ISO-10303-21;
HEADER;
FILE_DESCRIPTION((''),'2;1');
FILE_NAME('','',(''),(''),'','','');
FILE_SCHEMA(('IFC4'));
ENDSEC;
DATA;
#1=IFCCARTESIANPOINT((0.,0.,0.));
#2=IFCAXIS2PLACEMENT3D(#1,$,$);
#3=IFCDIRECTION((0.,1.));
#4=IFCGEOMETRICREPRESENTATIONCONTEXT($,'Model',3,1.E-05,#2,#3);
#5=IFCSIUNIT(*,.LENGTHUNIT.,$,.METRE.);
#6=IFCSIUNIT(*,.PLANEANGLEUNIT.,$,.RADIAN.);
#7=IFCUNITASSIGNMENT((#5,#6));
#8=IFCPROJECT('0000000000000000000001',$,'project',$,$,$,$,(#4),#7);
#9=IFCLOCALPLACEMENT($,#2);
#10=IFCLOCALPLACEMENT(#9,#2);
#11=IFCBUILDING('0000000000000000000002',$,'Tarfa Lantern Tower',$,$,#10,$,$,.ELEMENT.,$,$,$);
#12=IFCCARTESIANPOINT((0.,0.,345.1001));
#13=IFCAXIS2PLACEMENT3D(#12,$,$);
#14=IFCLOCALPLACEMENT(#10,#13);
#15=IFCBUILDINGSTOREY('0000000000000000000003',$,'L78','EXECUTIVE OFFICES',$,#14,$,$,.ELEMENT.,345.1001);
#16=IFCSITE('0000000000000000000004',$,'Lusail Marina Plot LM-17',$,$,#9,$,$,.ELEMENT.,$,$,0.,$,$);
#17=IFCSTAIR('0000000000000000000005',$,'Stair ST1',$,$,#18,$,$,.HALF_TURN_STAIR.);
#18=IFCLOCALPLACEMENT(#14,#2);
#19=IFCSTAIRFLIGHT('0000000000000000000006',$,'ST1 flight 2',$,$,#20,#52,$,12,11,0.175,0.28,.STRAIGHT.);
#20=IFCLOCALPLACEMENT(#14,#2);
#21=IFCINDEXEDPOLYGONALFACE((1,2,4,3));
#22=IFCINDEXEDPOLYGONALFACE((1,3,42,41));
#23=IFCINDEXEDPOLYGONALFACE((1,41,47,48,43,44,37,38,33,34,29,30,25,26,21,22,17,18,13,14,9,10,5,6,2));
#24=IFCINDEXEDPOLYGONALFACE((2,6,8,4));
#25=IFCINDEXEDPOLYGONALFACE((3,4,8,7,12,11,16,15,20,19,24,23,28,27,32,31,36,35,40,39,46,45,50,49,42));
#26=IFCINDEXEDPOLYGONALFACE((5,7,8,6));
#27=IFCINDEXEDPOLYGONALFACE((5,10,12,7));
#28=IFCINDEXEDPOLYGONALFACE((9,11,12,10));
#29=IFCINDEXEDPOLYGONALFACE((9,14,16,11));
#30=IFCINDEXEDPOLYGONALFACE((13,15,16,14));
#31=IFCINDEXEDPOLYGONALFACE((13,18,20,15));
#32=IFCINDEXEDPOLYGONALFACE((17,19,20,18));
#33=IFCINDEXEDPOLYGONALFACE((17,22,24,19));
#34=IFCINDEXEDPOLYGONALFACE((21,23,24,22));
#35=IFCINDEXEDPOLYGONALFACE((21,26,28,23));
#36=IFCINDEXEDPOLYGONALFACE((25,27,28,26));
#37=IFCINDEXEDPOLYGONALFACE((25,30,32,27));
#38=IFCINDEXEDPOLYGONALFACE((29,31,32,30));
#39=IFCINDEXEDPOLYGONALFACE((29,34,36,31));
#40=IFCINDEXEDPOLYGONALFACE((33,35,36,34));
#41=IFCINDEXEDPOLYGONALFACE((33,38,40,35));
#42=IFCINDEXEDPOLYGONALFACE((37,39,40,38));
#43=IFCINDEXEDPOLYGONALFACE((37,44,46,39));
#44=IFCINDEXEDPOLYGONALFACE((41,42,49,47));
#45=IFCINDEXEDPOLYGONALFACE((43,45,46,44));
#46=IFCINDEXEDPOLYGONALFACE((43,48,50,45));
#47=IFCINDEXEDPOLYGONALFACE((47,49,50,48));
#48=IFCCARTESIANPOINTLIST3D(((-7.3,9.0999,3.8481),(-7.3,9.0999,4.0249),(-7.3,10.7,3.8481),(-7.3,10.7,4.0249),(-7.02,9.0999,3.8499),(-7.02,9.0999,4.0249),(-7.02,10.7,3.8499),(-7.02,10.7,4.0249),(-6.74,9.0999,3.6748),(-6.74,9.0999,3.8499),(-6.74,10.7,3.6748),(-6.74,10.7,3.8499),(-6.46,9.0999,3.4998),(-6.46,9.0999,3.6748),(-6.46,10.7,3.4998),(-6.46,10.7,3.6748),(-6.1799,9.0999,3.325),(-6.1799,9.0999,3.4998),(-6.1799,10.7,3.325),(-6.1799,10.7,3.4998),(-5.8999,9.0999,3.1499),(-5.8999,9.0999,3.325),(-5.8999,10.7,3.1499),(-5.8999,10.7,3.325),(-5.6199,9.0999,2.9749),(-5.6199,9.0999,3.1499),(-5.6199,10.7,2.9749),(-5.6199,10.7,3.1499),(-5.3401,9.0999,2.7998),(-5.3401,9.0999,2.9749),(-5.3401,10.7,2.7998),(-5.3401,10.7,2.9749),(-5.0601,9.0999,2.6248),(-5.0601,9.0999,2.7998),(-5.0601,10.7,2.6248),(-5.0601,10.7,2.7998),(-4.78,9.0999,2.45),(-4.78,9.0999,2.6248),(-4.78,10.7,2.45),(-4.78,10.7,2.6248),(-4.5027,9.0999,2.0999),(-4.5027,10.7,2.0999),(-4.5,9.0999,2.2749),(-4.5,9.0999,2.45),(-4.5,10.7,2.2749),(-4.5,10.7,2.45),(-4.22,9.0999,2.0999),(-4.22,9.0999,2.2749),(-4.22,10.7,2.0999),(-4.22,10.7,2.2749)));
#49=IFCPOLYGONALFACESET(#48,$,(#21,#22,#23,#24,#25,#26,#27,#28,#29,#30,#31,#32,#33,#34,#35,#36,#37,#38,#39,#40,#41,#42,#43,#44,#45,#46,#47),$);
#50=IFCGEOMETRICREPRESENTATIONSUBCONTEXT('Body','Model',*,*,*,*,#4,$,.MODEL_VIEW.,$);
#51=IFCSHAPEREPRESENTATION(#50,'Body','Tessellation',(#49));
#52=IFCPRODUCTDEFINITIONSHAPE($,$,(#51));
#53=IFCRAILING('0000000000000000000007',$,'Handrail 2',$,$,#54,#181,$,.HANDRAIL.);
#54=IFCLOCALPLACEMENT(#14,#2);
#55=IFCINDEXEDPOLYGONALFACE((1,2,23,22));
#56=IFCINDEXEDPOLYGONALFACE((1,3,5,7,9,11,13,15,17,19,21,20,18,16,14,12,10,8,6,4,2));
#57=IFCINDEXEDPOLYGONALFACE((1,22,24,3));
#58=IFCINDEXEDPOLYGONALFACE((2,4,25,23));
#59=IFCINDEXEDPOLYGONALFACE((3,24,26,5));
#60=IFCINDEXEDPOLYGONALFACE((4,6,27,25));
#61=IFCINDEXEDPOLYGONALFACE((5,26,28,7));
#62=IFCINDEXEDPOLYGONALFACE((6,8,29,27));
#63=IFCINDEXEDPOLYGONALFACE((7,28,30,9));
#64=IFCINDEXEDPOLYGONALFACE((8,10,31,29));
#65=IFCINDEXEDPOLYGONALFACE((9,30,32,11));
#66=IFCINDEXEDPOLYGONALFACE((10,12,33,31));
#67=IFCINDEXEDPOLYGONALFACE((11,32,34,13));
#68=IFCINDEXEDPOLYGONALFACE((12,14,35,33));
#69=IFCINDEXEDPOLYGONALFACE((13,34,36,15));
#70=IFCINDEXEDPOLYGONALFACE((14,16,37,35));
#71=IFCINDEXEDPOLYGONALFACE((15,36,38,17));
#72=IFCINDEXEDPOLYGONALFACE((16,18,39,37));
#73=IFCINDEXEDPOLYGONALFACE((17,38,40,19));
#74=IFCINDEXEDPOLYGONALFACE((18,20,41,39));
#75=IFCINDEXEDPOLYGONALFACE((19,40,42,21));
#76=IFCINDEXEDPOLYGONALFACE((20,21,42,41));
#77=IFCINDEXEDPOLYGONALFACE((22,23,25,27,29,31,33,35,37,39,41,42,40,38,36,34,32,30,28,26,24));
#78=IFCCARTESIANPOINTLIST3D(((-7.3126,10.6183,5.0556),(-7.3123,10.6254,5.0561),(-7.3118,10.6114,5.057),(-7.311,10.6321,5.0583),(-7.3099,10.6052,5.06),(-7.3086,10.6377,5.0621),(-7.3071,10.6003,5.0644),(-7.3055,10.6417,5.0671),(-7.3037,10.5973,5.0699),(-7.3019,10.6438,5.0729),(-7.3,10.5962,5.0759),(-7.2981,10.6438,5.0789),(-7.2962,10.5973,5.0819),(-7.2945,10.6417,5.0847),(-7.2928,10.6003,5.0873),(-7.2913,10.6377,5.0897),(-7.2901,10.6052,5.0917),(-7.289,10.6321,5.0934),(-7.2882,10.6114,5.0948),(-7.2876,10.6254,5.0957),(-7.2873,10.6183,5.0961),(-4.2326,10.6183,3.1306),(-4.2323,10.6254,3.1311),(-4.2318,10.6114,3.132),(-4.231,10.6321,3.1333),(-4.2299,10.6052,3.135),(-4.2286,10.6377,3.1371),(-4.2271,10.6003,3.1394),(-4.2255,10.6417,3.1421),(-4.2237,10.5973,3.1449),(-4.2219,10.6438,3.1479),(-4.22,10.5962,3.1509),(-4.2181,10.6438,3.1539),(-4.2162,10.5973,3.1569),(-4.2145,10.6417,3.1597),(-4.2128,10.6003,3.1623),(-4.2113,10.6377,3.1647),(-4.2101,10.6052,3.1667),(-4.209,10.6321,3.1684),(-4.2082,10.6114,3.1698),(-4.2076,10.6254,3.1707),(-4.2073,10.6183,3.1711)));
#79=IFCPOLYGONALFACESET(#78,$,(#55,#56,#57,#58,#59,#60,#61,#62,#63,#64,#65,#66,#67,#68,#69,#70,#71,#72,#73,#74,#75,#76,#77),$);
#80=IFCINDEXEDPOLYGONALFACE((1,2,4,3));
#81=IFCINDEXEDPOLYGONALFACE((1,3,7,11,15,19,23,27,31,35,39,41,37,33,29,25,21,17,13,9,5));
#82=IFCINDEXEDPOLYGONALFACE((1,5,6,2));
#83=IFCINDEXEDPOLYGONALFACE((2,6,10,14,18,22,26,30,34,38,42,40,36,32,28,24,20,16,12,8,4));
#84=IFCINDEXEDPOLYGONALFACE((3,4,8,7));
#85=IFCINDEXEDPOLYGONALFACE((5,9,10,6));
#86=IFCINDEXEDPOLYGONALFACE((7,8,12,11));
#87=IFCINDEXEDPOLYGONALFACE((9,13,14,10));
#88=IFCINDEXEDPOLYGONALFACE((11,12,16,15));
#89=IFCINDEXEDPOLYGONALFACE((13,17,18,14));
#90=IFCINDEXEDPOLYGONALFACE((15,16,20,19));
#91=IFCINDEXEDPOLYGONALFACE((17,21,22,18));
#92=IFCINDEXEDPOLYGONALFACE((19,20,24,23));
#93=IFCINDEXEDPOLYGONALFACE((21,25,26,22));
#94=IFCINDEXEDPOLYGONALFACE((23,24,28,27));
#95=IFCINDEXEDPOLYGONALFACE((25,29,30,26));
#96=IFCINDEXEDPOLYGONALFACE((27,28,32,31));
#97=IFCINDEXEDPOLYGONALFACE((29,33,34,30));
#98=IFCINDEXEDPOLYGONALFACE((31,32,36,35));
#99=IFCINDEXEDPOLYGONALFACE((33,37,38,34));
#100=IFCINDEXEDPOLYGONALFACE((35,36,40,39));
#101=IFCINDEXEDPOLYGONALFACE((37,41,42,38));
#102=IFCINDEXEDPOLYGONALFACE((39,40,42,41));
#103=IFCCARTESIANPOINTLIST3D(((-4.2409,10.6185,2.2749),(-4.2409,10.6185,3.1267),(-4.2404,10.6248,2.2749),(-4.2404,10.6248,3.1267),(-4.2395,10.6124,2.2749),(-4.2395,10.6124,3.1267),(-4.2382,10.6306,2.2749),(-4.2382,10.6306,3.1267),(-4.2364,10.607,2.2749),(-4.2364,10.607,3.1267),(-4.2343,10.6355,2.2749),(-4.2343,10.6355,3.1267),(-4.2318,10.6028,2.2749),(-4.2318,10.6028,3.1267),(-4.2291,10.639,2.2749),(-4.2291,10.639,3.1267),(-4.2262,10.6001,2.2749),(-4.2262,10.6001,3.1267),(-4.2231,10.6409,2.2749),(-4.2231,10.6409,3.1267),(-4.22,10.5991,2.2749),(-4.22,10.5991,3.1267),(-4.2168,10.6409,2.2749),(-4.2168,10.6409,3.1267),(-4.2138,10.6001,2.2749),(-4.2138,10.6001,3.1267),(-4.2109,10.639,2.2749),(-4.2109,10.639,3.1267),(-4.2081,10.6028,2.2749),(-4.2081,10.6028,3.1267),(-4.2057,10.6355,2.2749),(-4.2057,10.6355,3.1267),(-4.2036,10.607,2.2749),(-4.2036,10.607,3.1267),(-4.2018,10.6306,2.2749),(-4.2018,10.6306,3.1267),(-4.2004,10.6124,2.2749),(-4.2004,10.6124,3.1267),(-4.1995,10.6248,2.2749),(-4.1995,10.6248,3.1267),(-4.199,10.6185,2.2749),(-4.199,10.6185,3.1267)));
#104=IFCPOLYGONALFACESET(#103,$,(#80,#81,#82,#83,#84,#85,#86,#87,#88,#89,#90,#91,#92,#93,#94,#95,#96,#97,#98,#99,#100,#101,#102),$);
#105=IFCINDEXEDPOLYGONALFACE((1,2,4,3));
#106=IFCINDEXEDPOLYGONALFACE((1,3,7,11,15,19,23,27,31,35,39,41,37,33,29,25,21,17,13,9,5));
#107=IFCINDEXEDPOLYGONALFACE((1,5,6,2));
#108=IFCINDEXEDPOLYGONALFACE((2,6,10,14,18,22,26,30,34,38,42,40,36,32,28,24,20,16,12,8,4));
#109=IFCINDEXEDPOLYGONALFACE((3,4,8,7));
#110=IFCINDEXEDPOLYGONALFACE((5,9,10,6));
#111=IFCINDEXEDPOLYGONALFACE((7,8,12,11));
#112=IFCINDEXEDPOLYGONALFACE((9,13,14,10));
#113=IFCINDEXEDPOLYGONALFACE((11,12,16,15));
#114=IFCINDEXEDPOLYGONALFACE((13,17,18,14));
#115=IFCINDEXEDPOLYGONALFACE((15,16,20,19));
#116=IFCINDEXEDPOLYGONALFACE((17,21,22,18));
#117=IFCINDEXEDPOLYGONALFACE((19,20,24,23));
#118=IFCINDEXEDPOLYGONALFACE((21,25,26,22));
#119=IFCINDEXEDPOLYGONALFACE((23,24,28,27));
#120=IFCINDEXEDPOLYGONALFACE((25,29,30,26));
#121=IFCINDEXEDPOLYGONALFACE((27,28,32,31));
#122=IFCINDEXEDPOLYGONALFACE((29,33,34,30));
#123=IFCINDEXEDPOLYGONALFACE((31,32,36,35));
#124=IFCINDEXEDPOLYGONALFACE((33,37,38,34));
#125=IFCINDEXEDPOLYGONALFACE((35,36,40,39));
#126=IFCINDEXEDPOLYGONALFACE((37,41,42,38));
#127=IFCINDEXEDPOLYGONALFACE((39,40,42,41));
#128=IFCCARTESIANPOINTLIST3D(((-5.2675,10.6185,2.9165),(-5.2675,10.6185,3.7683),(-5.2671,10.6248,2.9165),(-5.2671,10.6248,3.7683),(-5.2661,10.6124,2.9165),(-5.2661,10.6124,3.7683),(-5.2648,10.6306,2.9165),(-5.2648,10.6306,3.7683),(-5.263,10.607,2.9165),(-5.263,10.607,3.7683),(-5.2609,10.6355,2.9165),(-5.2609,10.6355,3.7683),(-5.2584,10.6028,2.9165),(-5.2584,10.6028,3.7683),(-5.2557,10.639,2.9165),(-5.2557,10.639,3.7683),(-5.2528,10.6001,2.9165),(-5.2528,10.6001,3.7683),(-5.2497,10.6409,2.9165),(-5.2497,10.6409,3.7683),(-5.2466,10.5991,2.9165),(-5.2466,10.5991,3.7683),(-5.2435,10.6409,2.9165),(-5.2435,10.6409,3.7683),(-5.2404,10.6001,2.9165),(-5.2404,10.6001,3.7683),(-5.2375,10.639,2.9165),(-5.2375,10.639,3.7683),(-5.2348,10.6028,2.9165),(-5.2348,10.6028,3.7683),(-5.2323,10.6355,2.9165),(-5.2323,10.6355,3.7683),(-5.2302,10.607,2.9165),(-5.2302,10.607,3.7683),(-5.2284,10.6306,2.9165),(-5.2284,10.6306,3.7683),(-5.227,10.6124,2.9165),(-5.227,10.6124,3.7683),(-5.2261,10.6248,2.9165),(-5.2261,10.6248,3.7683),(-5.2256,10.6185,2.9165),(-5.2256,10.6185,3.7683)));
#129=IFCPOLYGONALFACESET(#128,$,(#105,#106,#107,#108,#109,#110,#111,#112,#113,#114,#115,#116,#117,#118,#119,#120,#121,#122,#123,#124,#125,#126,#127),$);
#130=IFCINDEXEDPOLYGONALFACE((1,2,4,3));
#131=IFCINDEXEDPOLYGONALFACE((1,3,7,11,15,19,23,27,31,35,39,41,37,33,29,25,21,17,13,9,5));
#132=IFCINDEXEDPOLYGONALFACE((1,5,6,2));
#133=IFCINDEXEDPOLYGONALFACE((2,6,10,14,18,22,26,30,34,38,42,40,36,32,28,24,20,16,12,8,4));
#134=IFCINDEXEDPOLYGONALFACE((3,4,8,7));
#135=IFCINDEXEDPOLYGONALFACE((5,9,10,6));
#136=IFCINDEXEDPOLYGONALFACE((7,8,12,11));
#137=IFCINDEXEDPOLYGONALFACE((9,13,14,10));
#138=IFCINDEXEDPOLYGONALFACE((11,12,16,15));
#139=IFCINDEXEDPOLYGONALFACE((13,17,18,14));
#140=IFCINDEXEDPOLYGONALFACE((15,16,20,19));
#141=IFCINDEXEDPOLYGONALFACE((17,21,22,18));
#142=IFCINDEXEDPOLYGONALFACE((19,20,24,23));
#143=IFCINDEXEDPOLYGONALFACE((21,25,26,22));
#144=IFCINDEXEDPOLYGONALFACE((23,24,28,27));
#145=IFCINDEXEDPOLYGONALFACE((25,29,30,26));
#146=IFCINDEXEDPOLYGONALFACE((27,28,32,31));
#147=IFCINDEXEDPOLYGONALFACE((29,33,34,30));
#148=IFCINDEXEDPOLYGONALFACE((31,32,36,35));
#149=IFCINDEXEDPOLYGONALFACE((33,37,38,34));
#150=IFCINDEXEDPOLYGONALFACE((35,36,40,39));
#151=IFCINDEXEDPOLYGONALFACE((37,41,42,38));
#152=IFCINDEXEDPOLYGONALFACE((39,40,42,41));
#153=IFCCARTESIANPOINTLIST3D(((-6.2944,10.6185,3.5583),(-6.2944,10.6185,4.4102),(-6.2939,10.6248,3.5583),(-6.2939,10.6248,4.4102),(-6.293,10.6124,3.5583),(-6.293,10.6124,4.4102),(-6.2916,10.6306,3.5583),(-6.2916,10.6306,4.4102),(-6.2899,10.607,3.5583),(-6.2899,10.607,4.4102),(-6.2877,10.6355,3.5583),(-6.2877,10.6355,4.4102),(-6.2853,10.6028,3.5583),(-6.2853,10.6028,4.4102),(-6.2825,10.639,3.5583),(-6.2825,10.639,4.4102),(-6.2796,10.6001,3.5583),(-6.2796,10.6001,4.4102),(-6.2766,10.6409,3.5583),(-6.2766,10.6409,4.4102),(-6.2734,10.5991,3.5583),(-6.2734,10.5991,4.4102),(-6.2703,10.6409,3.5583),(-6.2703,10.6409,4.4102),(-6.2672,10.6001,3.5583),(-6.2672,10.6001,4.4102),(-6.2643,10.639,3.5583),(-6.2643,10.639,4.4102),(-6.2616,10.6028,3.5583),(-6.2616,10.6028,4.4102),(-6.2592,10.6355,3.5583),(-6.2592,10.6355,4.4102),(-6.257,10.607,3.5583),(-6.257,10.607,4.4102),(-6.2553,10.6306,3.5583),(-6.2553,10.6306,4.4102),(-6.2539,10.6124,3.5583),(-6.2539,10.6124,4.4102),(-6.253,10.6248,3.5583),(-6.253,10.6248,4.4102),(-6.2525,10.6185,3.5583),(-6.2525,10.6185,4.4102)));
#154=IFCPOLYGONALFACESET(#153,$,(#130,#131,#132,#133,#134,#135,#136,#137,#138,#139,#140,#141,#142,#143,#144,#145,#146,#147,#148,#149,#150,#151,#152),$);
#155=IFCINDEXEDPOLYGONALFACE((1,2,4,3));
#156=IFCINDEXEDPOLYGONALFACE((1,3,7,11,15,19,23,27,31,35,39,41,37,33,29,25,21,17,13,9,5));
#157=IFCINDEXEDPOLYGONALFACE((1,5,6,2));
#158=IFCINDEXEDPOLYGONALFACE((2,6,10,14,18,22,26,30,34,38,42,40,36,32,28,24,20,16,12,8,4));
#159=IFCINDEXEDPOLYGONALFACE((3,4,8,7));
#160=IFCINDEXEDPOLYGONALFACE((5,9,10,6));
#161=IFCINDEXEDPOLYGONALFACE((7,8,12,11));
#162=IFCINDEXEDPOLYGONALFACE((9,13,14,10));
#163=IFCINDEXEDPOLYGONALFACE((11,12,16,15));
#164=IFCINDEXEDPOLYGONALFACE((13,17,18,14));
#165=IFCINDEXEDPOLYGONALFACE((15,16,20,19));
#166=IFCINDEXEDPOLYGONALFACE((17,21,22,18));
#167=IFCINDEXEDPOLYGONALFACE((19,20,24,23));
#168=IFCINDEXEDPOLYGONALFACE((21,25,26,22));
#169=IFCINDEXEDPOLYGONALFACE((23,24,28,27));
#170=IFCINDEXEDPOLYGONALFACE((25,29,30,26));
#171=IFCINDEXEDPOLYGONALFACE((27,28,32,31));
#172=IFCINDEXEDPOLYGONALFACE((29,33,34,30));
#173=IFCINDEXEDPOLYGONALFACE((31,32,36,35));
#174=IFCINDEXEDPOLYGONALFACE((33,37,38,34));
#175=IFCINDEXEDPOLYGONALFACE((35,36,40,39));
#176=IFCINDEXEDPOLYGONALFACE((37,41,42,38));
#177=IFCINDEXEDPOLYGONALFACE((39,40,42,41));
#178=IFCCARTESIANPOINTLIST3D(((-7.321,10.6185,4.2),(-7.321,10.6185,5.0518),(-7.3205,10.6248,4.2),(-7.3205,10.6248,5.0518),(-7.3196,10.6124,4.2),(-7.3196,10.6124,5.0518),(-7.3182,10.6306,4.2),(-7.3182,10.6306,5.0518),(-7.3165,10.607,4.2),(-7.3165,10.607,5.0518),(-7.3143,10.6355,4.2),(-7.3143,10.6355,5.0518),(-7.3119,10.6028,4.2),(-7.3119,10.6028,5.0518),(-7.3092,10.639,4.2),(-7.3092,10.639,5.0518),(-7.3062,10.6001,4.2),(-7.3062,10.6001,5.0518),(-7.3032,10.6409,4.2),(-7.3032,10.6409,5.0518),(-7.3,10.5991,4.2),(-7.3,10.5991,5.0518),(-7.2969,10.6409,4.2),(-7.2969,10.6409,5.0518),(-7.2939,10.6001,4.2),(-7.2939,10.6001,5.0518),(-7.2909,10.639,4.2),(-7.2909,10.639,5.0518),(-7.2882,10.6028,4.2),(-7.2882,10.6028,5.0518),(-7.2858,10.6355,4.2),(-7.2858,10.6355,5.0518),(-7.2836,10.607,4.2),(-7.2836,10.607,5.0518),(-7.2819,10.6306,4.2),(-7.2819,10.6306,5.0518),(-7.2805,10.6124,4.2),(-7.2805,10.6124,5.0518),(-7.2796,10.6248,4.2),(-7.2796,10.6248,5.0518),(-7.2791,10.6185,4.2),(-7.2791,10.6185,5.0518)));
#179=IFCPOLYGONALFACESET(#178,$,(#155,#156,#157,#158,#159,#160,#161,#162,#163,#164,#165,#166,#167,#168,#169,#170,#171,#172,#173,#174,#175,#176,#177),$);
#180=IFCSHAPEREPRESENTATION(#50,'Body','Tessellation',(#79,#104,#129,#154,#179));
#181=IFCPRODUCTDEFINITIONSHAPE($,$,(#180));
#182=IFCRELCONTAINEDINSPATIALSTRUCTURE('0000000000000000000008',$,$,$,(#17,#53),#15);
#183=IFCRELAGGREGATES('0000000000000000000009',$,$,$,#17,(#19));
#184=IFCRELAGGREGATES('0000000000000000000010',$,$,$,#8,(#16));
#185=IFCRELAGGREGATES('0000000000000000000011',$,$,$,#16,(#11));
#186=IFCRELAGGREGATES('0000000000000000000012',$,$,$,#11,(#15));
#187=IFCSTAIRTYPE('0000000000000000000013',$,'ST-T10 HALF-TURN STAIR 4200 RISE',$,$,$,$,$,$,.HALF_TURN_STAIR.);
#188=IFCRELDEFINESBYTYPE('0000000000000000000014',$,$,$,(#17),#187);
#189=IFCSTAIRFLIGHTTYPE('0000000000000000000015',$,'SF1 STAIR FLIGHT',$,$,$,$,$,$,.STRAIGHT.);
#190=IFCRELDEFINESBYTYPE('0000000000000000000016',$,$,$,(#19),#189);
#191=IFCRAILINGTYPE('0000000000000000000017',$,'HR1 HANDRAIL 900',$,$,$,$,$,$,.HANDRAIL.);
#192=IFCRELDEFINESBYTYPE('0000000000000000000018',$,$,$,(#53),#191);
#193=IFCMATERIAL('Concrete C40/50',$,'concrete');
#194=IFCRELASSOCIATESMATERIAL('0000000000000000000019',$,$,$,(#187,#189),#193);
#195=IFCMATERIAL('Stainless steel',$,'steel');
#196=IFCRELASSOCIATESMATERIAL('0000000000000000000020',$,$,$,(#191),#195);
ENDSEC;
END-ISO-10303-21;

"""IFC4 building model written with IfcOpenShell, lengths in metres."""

from ifc_helpers import new_model, si_unit, direction, frame, origin, origin_2d, place, context, subcontext, project, spatial, polyline, circle, outline, extrude, material, type_object, element, aggregate, save


model = new_model("IFC4")

# Units and contexts
model_context = context("Model", 3, precision=1e-05, world=origin(), true_north=direction((0.0, 1.0)))
body_context = subcontext(model_context, "Body", "Model", "MODEL_VIEW")
ifc_project = project(units=[si_unit("LENGTHUNIT", "METRE"), si_unit("PLANEANGLEUNIT", "RADIAN")], contexts=[model_context])

# Site, building, storey
site_placement = place(None, origin())
site = spatial("IfcSite", under=ifc_project, at=site_placement, Name="Lusail Marina Plot LM-17", CompositionType="ELEMENT", RefElevation=0.0)
building_placement = place(site_placement, origin())
building = spatial("IfcBuilding", under=site, at=building_placement, Name="Tarfa Lantern Tower", CompositionType="ELEMENT")
storey_placement = place(building_placement, frame((0.0, 0.0, 345.1001)))
storey = spatial("IfcBuildingStorey", under=building, at=storey_placement, Name="L78", Description="EXECUTIVE OFFICES", CompositionType="ELEMENT", Elevation=345.1001)

# Stair, stair flight
ifc_material_1 = material(Name="Concrete C40/50", Category="concrete")
stair_type = type_object("IfcStairType", Name="ST-T10 HALF-TURN STAIR 4200 RISE", PredefinedType="HALF_TURN_STAIR", material=ifc_material_1)
stair_placement = place(storey_placement, origin())
stair = element("IfcStair", 1, at=stair_placement, inside=storey, type_object=stair_type, Name="Stair ST1", PredefinedType="HALF_TURN_STAIR")
stair_flight_type = type_object("IfcStairFlightType", Name="SF1 STAIR FLIGHT", PredefinedType="STRAIGHT", material=ifc_material_1)
stair_flight_1_placement = place(storey_placement, frame((-4.22, 9.8999, 2.0999), z_axis=(0.0, 0.0, 1.0), x_axis=(-1.0, 0.0, 0.0)))
stair_flight_1 = element("IfcStairFlight", 2, at=stair_flight_1_placement, type_object=stair_flight_type, Name="ST1 flight 2", NumberOfRisers=12, NumberOfTreads=11, PredefinedType="STRAIGHT", RiserHeight=0.175, TreadLength=0.28, context=body_context, shape_type="SweptSolid", body=[
    extrude(outline(polyline([(0.0, 0.0), (0.0, 0.175), (0.28, 0.175), (0.28, 0.3501), (0.5601, 0.3501), (0.5601, 0.5249), (0.8401, 0.5249), (0.8401, 0.7), (1.1201, 0.7), (1.1201, 0.875), (1.3999, 0.875), (1.3999, 1.05), (1.6799, 1.05), (1.6799, 1.2251), (1.96, 1.2251), (1.96, 1.3999), (2.24, 1.3999), (2.24, 1.575), (2.52, 1.575), (2.52, 1.75), (2.8, 1.75), (2.8, 1.925), (3.0801, 1.925), (3.0801, 2.1001), (3.0801, 1.7483), (0.2827, 0.0), (0.0, 0.0)])), frame((0.0, 0.8, 0.0), z_axis=(0.0, -1.0, 0.0), x_axis=(1.0, 0.0, 0.0)), (0.0, 0.0, 1.0), 1.6001),
])
aggregate(stair, [stair_flight_1])

# Railing
ifc_material_2 = material(Name="Stainless steel", Category="steel")
railing_type = type_object("IfcRailingType", Name="HR1 HANDRAIL 900", PredefinedType="HANDRAIL", material=ifc_material_2)
railing_placement = place(storey_placement, frame((-4.22, 10.6201, 2.2749)))
element("IfcRailing", 3, at=railing_placement, inside=storey, type_object=railing_type, Name="Handrail 2", PredefinedType="HANDRAIL", context=body_context, shape_type="SweptSolid", body=[
    extrude(circle(Radius=0.0239, at=origin_2d()), frame((0.0, 0.0, 0.876), z_axis=(-0.847998, 0.0, 0.529999), x_axis=(0.0, -1.0, 0.0)), (0.0, 0.0, 1.0), 3.6321),
    extrude(circle(Radius=0.021, at=origin_2d()), frame((0.0, 0.0, 0.0), z_axis=(0.0, 0.0, 1.0), x_axis=(0.0, -1.0, 0.0)), (0.0, 0.0, 1.0), 0.8518),
    extrude(circle(Radius=0.021, at=origin_2d()), frame((-1.0266, 0.0, 0.6416), z_axis=(0.0, 0.0, 1.0), x_axis=(0.0, -1.0, 0.0)), (0.0, 0.0, 1.0), 0.8518),
    extrude(circle(Radius=0.021, at=origin_2d()), frame((-2.0535, 0.0, 1.2834), z_axis=(0.0, 0.0, 1.0), x_axis=(0.0, -1.0, 0.0)), (0.0, 0.0, 1.0), 0.8518),
    extrude(circle(Radius=0.021, at=origin_2d()), frame((-3.0801, 0.0, 1.925), z_axis=(0.0, 0.0, 1.0), x_axis=(0.0, -1.0, 0.0)), (0.0, 0.0, 1.0), 0.8518),
])

save(model, "model.ifc")
